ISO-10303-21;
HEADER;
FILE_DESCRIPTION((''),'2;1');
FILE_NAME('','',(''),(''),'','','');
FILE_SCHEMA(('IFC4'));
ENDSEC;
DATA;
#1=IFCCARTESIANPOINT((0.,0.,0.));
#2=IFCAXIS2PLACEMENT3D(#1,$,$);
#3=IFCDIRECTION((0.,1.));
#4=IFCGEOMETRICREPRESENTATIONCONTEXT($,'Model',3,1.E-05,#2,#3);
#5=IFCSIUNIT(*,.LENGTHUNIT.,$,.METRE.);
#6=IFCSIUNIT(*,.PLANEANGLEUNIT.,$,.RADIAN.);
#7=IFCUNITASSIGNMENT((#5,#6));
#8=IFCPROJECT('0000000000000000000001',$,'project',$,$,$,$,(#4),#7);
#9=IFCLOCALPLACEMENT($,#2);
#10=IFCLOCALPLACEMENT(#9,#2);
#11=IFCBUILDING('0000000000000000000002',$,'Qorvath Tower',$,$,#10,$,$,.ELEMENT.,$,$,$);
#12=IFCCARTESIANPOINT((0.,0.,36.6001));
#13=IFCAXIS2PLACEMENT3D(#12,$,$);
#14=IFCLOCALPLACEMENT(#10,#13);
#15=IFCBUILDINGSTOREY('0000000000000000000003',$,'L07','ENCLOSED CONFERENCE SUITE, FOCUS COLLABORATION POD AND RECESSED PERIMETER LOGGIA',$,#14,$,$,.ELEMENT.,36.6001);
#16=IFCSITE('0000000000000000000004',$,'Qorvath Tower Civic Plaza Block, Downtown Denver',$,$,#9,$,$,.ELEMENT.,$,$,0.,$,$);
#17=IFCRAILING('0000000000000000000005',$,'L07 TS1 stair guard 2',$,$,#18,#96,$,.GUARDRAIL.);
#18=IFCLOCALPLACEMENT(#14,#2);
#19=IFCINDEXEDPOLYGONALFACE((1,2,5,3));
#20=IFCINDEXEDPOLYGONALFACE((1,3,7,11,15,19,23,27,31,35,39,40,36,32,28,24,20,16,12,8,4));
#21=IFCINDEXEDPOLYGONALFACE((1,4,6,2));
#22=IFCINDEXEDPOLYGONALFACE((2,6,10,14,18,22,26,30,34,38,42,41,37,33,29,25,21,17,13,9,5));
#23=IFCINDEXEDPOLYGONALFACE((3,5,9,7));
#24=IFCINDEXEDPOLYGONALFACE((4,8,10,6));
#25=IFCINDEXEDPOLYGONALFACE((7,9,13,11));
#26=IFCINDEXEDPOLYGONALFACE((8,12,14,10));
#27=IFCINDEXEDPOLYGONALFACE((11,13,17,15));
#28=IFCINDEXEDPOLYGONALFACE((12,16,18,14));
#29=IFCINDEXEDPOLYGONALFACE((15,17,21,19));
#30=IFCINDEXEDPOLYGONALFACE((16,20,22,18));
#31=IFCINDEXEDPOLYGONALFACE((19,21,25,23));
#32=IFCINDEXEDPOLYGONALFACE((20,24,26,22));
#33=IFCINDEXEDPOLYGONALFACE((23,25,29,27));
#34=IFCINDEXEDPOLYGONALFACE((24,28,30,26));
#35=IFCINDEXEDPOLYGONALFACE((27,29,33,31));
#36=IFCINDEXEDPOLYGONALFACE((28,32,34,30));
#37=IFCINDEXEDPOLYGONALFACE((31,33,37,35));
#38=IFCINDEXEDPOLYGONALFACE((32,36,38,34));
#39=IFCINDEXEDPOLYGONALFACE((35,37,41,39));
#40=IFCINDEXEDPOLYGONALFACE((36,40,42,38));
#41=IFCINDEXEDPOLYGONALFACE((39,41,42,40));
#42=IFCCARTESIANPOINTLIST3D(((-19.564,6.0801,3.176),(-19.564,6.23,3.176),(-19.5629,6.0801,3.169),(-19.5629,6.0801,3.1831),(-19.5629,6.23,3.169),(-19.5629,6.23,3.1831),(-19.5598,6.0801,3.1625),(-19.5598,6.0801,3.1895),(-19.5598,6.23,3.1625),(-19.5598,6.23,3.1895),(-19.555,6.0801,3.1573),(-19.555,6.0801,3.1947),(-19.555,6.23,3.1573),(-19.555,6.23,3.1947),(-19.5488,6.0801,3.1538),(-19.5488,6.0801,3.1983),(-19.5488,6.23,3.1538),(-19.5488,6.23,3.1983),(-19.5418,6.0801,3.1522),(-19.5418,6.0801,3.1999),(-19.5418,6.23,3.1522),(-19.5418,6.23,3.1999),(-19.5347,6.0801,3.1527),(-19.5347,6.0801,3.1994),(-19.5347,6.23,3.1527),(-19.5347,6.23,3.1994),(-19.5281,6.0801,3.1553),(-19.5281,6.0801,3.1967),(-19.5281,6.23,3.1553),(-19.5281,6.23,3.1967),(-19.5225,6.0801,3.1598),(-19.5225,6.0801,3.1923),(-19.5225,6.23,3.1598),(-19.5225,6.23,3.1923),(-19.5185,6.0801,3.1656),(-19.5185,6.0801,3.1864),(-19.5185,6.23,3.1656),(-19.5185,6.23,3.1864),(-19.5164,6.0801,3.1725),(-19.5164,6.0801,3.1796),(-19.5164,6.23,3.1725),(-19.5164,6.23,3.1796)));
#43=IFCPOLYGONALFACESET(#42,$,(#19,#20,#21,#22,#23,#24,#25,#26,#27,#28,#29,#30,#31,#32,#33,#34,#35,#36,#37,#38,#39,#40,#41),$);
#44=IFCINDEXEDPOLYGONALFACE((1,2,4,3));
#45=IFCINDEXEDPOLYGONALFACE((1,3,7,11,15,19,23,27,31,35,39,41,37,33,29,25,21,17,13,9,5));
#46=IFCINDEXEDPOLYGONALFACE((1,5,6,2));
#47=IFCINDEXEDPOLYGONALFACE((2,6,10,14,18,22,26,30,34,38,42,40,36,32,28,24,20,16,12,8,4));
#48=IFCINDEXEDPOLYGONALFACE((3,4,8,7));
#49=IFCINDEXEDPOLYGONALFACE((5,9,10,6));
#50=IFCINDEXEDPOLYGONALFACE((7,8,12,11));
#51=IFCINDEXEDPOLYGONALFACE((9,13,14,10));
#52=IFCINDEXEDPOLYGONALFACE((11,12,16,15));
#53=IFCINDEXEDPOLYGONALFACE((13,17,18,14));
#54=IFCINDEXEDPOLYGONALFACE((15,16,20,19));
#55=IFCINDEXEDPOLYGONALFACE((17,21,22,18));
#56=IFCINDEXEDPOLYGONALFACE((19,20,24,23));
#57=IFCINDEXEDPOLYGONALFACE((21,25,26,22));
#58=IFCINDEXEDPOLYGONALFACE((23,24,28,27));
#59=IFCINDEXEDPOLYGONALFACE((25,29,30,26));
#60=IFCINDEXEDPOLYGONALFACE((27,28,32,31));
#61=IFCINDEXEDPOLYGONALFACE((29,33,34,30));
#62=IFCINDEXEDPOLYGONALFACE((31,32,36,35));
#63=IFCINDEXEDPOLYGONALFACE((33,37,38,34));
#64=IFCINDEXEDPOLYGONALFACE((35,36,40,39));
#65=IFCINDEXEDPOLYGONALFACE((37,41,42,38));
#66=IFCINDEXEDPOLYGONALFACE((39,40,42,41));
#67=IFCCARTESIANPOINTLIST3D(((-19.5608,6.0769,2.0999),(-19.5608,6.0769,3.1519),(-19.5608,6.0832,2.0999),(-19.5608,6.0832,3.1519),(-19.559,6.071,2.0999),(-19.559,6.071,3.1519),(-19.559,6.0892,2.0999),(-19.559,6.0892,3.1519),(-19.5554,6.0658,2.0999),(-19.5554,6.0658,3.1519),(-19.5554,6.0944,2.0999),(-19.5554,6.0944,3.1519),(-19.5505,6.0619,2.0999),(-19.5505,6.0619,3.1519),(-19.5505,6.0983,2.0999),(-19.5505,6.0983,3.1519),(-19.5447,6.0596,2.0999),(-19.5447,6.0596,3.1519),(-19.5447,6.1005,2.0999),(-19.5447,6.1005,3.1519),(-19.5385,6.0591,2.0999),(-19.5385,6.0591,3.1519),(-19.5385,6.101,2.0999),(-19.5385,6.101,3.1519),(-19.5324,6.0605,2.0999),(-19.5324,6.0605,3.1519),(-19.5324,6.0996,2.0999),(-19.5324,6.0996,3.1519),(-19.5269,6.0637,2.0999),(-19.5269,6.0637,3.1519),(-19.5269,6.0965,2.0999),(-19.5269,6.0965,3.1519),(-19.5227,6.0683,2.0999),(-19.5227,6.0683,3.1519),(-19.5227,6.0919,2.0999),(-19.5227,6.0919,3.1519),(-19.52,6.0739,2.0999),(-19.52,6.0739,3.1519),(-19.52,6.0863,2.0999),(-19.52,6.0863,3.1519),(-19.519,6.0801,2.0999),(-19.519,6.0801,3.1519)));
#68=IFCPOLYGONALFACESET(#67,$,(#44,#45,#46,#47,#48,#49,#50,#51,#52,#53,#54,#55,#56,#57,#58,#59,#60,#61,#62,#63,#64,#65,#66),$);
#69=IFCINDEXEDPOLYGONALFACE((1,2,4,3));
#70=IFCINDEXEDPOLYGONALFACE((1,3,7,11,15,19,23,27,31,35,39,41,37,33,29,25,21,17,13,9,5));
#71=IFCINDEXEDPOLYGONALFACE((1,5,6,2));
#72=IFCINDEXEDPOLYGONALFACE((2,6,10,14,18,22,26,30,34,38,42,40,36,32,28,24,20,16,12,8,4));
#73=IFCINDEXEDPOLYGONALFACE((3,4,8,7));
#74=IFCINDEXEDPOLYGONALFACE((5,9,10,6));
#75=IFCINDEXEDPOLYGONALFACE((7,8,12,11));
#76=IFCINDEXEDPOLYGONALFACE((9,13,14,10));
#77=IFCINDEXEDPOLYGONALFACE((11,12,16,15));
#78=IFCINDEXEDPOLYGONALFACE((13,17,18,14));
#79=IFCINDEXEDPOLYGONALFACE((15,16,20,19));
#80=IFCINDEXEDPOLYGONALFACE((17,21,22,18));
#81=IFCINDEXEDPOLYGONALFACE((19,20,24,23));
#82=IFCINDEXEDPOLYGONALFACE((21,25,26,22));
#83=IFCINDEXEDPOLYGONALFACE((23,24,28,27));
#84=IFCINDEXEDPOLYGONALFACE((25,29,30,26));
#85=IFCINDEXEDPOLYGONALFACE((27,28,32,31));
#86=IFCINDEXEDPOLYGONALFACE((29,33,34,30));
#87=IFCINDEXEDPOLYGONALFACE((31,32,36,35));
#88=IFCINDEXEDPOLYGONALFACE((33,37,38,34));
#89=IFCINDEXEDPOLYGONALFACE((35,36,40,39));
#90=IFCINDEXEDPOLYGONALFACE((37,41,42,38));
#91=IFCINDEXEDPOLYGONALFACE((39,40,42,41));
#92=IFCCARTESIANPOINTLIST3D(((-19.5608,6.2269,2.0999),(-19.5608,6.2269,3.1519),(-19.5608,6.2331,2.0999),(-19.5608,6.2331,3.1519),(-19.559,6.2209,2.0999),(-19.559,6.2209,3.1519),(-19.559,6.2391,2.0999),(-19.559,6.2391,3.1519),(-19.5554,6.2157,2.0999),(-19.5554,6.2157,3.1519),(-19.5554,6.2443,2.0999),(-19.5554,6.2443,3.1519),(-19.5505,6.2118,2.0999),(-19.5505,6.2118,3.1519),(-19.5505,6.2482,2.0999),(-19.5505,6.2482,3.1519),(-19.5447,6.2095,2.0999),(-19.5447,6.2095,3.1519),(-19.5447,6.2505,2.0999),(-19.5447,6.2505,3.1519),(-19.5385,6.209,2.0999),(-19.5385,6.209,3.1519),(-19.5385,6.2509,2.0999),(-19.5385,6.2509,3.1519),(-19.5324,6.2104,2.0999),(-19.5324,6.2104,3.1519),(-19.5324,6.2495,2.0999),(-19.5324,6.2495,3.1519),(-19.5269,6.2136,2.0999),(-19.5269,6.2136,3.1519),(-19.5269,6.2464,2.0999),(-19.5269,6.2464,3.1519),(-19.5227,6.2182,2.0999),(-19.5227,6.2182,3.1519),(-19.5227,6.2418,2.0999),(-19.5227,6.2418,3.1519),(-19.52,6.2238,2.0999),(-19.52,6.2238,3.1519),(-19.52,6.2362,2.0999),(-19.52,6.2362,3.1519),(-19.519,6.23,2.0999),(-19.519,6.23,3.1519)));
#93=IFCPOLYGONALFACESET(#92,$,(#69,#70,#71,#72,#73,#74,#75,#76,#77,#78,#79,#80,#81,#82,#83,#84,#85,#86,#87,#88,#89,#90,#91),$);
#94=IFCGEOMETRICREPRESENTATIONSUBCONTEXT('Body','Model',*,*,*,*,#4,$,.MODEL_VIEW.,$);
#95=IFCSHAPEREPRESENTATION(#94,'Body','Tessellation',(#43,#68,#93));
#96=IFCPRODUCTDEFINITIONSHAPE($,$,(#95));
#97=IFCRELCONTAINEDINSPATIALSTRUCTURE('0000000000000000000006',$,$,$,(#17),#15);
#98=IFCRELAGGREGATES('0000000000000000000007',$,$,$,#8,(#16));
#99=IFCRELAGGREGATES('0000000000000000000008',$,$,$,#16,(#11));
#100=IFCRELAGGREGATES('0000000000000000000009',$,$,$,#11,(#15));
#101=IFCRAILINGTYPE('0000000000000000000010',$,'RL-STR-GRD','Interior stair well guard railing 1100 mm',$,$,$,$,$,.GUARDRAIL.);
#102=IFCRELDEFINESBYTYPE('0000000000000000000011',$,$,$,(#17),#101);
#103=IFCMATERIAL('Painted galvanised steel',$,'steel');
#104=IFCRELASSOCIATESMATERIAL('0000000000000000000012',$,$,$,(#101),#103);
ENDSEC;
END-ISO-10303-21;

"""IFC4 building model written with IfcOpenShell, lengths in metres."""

from ifc_helpers import new_model, si_unit, direction, frame, origin, origin_2d, place, context, subcontext, project, spatial, circle, extrude, material, type_object, element, save


model = new_model("IFC4")

# Units and contexts
model_context = context("Model", 3, precision=1e-05, world=origin(), true_north=direction((0.0, 1.0)))
body_context = subcontext(model_context, "Body", "Model", "MODEL_VIEW")
ifc_project = project(units=[si_unit("LENGTHUNIT", "METRE"), si_unit("PLANEANGLEUNIT", "RADIAN")], contexts=[model_context])

# Site, building, storey
site_placement = place(None, origin())
site = spatial("IfcSite", under=ifc_project, at=site_placement, Name="Qorvath Tower Civic Plaza Block, Downtown Denver", CompositionType="ELEMENT", RefElevation=0.0)
building_placement = place(site_placement, origin())
building = spatial("IfcBuilding", under=site, at=building_placement, Name="Qorvath Tower", CompositionType="ELEMENT")
storey_placement = place(building_placement, frame((0.0, 0.0, 36.6001)))
storey = spatial("IfcBuildingStorey", under=building, at=storey_placement, Name="L07", Description="ENCLOSED CONFERENCE SUITE, FOCUS COLLABORATION POD AND RECESSED PERIMETER LOGGIA", CompositionType="ELEMENT", Elevation=36.6001)

# Railing
ifc_material_1 = material(Name="Painted galvanised steel", Category="steel")
railing_type_1 = type_object("IfcRailingType", Name="RL-STR-GRD", Description="Interior stair well guard railing 1100 mm", PredefinedType="GUARDRAIL", material=ifc_material_1)
railing_1_placement = place(storey_placement, frame((-19.54, 6.0801, 2.0999)))
element("IfcRailing", 1, at=railing_1_placement, inside=storey, type_object=railing_type_1, Name="L07 TS1 stair guard 2", PredefinedType="GUARDRAIL", context=body_context, shape_type="SweptSolid", body=[
    extrude(circle(Radius=0.0239, at=origin_2d()), frame((0.0, 0.0, 1.0762), z_axis=(0.0, 1.0, 0.0), x_axis=(-1.0, 0.0, 0.0)), (0.0, 0.0, 1.0), 0.1499),
    extrude(circle(Radius=0.021, at=origin_2d()), origin(), (0.0, 0.0, 1.0), 1.052),
    extrude(circle(Radius=0.021, at=origin_2d()), frame((0.0, 0.1499, 0.0)), (0.0, 0.0, 1.0), 1.052),
])

save(model, "model.ifc")
